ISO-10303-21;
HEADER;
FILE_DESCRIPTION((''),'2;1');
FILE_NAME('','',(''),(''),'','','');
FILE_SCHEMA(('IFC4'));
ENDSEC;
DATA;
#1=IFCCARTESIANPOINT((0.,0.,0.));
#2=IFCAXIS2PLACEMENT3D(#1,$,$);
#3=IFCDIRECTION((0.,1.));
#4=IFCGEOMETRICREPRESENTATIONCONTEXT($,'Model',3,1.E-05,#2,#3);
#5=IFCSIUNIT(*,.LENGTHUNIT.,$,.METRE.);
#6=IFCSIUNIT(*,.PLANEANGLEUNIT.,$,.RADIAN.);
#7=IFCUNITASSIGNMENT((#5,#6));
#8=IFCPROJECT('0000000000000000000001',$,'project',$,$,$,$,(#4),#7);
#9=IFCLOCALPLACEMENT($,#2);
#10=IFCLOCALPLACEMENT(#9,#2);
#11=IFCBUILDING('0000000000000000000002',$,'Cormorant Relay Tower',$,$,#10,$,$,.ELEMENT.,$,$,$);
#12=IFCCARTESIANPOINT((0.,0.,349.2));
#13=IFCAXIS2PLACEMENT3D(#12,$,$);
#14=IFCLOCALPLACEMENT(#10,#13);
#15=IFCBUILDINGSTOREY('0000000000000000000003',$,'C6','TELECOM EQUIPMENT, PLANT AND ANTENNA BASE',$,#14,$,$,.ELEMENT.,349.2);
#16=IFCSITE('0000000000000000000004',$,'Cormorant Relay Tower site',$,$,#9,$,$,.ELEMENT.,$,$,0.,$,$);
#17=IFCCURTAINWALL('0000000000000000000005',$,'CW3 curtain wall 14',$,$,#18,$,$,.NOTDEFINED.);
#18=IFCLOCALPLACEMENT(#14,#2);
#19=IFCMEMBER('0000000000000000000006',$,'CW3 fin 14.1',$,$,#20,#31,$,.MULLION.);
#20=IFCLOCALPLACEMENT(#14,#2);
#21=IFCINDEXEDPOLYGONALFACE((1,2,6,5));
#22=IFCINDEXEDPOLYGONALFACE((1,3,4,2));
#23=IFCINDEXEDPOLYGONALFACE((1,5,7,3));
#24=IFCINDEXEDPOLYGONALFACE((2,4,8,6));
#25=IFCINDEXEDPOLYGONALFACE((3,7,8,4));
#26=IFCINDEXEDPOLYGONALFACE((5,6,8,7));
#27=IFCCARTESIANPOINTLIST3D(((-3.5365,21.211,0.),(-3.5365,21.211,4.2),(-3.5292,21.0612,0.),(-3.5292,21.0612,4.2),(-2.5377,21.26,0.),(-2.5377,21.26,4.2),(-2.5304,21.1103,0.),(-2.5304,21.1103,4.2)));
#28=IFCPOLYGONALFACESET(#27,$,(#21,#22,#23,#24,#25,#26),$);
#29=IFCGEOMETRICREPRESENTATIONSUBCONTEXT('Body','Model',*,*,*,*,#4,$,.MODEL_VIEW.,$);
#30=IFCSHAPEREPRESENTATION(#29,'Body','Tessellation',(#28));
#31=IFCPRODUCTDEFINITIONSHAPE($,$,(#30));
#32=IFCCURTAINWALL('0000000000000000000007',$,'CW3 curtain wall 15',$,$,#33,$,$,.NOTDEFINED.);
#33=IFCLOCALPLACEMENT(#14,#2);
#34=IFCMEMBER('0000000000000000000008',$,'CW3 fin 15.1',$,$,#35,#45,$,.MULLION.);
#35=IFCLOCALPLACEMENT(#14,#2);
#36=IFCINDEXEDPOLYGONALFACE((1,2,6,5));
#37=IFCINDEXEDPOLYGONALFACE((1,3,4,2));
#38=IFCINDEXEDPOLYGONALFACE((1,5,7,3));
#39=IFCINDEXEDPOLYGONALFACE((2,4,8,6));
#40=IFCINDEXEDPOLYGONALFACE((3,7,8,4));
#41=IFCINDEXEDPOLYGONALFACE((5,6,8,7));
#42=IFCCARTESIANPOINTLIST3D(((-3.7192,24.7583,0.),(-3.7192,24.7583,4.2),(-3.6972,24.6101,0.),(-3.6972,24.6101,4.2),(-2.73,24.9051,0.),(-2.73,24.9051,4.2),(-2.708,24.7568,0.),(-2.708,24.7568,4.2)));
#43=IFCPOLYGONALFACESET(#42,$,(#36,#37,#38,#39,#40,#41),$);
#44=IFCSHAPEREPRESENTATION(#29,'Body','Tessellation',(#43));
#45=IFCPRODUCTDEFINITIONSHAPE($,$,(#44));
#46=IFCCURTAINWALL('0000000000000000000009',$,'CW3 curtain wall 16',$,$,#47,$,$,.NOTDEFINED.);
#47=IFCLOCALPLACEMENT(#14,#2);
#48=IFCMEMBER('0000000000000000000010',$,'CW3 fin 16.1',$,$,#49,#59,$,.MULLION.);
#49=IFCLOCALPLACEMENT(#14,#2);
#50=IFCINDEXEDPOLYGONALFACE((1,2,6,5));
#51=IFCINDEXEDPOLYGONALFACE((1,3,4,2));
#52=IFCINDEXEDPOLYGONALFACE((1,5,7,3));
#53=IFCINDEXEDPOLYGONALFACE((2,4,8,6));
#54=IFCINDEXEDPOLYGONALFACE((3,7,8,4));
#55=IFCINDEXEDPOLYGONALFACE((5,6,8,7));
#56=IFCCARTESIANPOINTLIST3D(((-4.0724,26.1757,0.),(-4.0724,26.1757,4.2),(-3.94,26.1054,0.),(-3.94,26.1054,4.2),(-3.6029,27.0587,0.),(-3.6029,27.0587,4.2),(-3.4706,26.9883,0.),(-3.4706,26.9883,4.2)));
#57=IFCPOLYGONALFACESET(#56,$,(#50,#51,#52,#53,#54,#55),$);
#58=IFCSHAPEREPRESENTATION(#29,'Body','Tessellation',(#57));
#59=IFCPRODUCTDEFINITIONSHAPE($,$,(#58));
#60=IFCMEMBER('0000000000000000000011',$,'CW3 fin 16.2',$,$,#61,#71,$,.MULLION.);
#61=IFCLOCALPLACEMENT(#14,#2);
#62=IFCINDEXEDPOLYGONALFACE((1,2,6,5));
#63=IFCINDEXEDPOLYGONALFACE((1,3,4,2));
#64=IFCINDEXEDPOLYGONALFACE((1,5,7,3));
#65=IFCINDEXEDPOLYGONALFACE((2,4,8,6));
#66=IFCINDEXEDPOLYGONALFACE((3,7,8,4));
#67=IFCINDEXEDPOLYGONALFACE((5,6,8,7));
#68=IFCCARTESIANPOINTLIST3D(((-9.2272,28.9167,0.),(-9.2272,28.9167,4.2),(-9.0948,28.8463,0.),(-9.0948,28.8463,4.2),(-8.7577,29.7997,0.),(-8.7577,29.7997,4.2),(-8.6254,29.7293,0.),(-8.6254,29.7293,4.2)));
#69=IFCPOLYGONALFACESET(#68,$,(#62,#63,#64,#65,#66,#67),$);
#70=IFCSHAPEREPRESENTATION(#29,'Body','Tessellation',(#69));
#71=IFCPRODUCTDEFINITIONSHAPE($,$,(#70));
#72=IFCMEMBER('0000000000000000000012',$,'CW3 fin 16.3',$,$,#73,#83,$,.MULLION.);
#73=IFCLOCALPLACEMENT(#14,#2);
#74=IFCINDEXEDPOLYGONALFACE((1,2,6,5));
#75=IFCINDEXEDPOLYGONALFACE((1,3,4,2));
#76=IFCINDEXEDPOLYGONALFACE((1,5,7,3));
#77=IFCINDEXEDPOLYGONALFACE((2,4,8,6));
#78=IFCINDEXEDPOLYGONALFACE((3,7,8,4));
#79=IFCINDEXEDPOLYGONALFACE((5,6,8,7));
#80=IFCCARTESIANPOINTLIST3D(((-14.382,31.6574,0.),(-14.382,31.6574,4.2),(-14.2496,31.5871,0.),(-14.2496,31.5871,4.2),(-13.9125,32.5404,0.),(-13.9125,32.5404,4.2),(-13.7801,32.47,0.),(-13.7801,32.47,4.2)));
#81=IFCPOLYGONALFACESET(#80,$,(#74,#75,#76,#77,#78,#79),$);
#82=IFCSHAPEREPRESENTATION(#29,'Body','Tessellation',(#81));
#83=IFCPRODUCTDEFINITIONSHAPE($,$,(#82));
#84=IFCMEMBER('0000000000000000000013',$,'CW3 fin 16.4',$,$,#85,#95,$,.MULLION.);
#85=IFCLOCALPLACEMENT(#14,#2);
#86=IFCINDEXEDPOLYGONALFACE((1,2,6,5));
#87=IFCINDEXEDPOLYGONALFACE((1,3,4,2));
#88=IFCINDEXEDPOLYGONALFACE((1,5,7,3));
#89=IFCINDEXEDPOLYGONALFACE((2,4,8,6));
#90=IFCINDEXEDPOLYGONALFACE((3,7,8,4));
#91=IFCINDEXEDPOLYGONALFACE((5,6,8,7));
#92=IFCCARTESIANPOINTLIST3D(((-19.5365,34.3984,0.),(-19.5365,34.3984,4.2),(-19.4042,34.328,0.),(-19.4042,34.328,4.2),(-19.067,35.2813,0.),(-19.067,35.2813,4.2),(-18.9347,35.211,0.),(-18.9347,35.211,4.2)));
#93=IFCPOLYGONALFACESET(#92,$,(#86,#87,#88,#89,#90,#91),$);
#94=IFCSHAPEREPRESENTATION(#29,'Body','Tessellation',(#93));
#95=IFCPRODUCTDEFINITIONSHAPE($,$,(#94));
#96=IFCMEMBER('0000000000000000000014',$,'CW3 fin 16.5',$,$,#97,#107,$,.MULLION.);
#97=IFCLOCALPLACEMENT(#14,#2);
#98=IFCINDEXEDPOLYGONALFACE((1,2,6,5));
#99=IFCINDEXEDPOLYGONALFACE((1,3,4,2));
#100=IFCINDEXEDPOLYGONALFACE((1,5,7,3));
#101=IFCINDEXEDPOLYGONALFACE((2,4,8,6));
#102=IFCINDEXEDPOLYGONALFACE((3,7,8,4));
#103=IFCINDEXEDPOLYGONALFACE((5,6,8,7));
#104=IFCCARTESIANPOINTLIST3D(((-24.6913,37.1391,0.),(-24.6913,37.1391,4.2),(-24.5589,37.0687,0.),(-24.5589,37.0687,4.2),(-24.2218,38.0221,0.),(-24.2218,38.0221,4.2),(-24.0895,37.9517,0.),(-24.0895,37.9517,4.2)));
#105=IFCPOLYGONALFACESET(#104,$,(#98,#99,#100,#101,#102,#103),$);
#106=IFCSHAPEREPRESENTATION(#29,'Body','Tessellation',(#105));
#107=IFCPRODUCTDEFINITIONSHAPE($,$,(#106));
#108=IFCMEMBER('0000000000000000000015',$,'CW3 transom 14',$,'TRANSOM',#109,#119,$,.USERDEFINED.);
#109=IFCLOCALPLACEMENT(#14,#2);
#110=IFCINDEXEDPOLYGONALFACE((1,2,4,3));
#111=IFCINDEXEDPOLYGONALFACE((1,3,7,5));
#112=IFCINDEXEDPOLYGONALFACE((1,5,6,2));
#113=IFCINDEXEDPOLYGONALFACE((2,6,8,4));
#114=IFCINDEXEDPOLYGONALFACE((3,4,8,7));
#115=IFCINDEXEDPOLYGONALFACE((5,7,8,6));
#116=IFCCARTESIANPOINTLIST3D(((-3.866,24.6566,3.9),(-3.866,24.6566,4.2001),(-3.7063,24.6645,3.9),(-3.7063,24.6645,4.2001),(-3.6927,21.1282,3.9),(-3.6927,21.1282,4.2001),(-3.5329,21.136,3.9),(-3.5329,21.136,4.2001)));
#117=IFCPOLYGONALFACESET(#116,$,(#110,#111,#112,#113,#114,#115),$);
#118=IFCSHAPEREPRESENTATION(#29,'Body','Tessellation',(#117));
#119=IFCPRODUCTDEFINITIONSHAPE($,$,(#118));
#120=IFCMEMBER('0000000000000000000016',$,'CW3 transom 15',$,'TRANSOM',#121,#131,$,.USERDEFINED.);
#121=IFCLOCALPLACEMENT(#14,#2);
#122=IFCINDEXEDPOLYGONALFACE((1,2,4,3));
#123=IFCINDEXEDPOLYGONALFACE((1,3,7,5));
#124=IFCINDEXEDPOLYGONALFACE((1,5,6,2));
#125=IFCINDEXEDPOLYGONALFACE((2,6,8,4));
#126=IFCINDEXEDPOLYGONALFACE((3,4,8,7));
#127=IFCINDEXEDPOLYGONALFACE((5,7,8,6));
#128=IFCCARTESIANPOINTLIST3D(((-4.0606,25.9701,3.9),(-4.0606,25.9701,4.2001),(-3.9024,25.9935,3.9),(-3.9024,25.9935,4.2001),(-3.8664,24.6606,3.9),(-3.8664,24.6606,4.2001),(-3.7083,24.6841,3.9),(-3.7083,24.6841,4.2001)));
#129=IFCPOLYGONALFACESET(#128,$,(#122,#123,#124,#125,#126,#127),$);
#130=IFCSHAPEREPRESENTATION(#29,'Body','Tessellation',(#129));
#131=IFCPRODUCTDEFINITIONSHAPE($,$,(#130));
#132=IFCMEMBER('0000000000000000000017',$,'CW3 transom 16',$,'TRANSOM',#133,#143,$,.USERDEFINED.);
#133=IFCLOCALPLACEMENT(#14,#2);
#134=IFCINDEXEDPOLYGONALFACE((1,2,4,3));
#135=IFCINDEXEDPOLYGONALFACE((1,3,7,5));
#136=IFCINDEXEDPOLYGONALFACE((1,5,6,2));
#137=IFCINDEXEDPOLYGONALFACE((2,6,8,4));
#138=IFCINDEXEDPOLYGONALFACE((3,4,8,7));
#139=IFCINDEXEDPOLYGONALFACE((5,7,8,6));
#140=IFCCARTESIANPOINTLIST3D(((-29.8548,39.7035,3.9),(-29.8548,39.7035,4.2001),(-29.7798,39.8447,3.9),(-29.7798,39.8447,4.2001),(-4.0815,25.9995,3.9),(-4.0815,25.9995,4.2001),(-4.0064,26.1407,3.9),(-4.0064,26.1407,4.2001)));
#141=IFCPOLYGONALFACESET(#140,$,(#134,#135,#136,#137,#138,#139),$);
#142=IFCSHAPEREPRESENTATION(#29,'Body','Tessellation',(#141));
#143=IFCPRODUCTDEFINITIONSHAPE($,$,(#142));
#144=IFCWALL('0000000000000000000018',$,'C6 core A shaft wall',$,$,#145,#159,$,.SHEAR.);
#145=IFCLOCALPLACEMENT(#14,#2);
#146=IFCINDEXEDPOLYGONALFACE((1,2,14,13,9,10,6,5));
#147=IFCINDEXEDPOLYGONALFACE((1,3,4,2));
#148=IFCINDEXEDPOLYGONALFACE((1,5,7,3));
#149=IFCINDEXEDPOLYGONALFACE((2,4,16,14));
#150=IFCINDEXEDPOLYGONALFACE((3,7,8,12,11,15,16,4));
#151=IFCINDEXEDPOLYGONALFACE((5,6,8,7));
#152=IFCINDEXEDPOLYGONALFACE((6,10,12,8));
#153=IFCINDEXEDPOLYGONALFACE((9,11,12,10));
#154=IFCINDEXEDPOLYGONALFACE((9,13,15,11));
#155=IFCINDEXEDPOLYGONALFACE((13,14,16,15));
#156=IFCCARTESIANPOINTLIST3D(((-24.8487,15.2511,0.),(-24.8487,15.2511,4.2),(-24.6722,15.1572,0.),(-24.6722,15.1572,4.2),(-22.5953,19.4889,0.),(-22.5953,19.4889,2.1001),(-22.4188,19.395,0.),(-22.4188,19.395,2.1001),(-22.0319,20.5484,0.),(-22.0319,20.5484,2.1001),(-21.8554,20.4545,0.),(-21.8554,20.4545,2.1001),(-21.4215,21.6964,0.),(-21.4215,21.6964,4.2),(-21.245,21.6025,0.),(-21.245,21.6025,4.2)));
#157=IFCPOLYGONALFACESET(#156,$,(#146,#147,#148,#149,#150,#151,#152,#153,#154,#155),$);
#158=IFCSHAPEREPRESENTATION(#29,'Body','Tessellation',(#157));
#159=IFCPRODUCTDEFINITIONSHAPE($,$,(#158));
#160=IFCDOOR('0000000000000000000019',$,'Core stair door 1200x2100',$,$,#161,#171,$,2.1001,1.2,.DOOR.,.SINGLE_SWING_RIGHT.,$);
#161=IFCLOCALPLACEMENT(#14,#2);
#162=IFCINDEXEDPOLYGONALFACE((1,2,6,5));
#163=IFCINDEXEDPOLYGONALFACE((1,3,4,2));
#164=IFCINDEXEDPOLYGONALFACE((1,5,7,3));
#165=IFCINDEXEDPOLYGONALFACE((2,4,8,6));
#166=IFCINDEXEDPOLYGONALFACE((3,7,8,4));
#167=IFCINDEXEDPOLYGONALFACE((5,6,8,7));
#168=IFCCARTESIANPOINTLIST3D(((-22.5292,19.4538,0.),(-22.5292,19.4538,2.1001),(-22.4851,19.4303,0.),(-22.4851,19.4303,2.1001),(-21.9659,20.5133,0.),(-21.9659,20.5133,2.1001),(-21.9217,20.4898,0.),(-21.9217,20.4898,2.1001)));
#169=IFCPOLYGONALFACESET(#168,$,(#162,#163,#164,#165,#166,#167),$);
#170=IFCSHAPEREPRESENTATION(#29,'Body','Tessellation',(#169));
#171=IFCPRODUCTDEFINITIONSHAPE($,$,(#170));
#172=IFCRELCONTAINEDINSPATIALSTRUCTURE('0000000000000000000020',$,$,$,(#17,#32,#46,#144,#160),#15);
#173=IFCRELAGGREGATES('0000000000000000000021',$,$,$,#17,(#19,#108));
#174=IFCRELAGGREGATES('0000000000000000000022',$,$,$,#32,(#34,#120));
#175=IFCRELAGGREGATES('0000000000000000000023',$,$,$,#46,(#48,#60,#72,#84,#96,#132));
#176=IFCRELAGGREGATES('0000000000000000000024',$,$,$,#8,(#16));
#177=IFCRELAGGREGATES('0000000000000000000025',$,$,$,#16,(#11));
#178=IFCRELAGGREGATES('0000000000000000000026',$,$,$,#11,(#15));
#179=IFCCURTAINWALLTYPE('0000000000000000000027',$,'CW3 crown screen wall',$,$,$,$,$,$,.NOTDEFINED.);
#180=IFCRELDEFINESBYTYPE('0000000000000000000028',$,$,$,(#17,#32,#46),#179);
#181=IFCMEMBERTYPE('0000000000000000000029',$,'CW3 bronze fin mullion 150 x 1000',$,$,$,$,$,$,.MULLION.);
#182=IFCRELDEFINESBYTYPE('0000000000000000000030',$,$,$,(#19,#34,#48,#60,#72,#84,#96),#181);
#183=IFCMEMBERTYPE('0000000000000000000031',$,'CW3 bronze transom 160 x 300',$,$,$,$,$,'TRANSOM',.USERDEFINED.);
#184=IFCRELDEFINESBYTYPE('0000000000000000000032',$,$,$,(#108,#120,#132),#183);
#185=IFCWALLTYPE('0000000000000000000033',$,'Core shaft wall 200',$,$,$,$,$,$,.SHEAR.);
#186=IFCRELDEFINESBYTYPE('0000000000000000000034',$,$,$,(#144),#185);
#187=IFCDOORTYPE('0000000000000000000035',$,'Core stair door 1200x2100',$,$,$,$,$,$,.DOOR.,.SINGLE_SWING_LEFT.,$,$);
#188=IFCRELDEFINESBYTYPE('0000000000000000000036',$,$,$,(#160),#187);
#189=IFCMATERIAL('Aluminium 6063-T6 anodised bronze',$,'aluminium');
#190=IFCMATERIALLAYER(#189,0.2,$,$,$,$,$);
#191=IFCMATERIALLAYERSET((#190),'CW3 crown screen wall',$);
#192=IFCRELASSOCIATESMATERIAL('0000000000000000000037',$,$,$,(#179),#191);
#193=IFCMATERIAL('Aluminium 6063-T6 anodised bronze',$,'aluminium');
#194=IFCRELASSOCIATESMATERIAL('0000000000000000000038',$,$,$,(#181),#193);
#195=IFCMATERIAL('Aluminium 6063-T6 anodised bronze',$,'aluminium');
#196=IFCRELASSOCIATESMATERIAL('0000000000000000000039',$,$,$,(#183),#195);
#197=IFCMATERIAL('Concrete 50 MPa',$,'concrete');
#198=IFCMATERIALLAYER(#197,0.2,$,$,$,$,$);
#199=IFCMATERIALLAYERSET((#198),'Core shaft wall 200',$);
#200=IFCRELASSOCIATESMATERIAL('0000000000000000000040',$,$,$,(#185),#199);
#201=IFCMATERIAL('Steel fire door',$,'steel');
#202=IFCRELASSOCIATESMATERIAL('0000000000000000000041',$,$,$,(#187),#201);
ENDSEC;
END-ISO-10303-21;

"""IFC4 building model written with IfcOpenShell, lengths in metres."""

from ifc_helpers import new_model, si_unit, direction, frame, frame_2d, origin, origin_2d, place, context, subcontext, project, spatial, rectangle, extrude, material, layer, layer_set, material_profile, profile_set, type_object, element, fill, aggregate, save


model = new_model("IFC4")

# Units and contexts
model_context = context("Model", 3, precision=1e-05, world=origin(), true_north=direction((0.0, 1.0)))
body_context = subcontext(model_context, "Body", "Model", "MODEL_VIEW")
ifc_project = project(units=[si_unit("LENGTHUNIT", "METRE"), si_unit("PLANEANGLEUNIT", "RADIAN")], contexts=[model_context])

# Site, building, storey
site_placement = place(None, origin())
site = spatial("IfcSite", under=ifc_project, at=site_placement, Name="Cormorant Relay Tower site", CompositionType="ELEMENT", RefElevation=0.0)
building_placement = place(site_placement, origin())
building = spatial("IfcBuilding", under=site, at=building_placement, Name="Cormorant Relay Tower", CompositionType="ELEMENT")
storey_placement = place(building_placement, frame((0.0, 0.0, 349.2)))
storey = spatial("IfcBuildingStorey", under=building, at=storey_placement, Name="C6", Description="TELECOM EQUIPMENT, PLANT AND ANTENNA BASE", CompositionType="ELEMENT", Elevation=349.2)

# Curtain walls, members
ifc_material_1 = material(Name="Aluminium 6063-T6 anodised bronze", Category="aluminium")
ifc_layer_1 = layer(ifc_material_1, 0.2)
ifc_layer_set_1 = layer_set([ifc_layer_1], Name="CW3 crown screen wall")
curtain_wall_type = type_object("IfcCurtainWallType", Name="CW3 crown screen wall", PredefinedType="NOTDEFINED", material=ifc_layer_set_1)
curtain_wall_1_placement = place(storey_placement, origin())
curtain_wall_1 = element("IfcCurtainWall", 1, at=curtain_wall_1_placement, inside=storey, type_object=curtain_wall_type, Name="CW3 curtain wall 14", PredefinedType="NOTDEFINED")
ifc_material_2 = material(Name="Aluminium 6063-T6 anodised bronze", Category="aluminium")
ifc_material_profile_1 = material_profile(ifc_material_2, rectangle(XDim=0.1499, YDim=1.0, at=origin_2d()), Name="AL 150x1000")
ifc_profile_set_1 = profile_set([ifc_material_profile_1], Name="Aluminium 6063-T6 anodised bronze")
member_type_1 = type_object("IfcMemberType", Name="CW3 bronze fin mullion 150 x 1000", PredefinedType="MULLION", material=ifc_profile_set_1)
member_1_placement = place(storey_placement, frame((-3.0334, 21.1606, 0.0), z_axis=(0.0, 0.0, 1.0), x_axis=(-0.049068, 0.998795, 0.0)))
member_1 = element("IfcMember", 2, at=member_1_placement, type_object=member_type_1, Name="CW3 fin 14.1", PredefinedType="MULLION", context=body_context, shape_type="SweptSolid", body=[
    extrude(rectangle(XDim=0.1499, YDim=1.0, at=origin_2d()), origin(), (0.0, 0.0, 1.0), 4.2),
])
curtain_wall_2_placement = place(storey_placement, origin())
curtain_wall_2 = element("IfcCurtainWall", 3, at=curtain_wall_2_placement, inside=storey, type_object=curtain_wall_type, Name="CW3 curtain wall 15", PredefinedType="NOTDEFINED")
member_2_placement = place(storey_placement, frame((-3.2136, 24.7576, 0.0), z_axis=(0.0, 0.0, 1.0), x_axis=(-0.14673, 0.989177, 0.0)))
member_2 = element("IfcMember", 4, at=member_2_placement, type_object=member_type_1, Name="CW3 fin 15.1", PredefinedType="MULLION", context=body_context, shape_type="SweptSolid", body=[
    extrude(rectangle(XDim=0.1499, YDim=1.0, at=origin_2d()), origin(), (0.0, 0.0, 1.0), 4.2),
])

# Curtain wall, members
curtain_wall_3_placement = place(storey_placement, origin())
curtain_wall_3 = element("IfcCurtainWall", 5, at=curtain_wall_3_placement, inside=storey, type_object=curtain_wall_type, Name="CW3 curtain wall 16", PredefinedType="NOTDEFINED")
member_3_placement = place(storey_placement, frame((-3.7715, 26.582, 0.0), z_axis=(0.0, 0.0, 1.0), x_axis=(-0.882948, 0.469472, 0.0)))
member_3 = element("IfcMember", 6, at=member_3_placement, type_object=member_type_1, Name="CW3 fin 16.1", PredefinedType="MULLION", context=body_context, shape_type="SweptSolid", body=[
    extrude(rectangle(XDim=0.1499, YDim=1.0, at=origin_2d()), origin(), (0.0, 0.0, 1.0), 4.2),
])
member_4_placement = place(storey_placement, frame((-8.9263, 29.323, 0.0), z_axis=(0.0, 0.0, 1.0), x_axis=(-0.882948, 0.469472, 0.0)))
member_4 = element("IfcMember", 7, at=member_4_placement, type_object=member_type_1, Name="CW3 fin 16.2", PredefinedType="MULLION", context=body_context, shape_type="SweptSolid", body=[
    extrude(rectangle(XDim=0.1499, YDim=1.0, at=origin_2d()), origin(), (0.0, 0.0, 1.0), 4.2),
])
member_5_placement = place(storey_placement, frame((-14.0811, 32.0637, 0.0), z_axis=(0.0, 0.0, 1.0), x_axis=(-0.882948, 0.469472, 0.0)))
member_5 = element("IfcMember", 8, at=member_5_placement, type_object=member_type_1, Name="CW3 fin 16.3", PredefinedType="MULLION", context=body_context, shape_type="SweptSolid", body=[
    extrude(rectangle(XDim=0.1499, YDim=1.0, at=origin_2d()), origin(), (0.0, 0.0, 1.0), 4.2),
])
member_6_placement = place(storey_placement, frame((-19.2356, 34.8047, 0.0), z_axis=(0.0, 0.0, 1.0), x_axis=(-0.882948, 0.469472, 0.0)))
member_6 = element("IfcMember", 9, at=member_6_placement, type_object=member_type_1, Name="CW3 fin 16.4", PredefinedType="MULLION", context=body_context, shape_type="SweptSolid", body=[
    extrude(rectangle(XDim=0.1499, YDim=1.0, at=origin_2d()), origin(), (0.0, 0.0, 1.0), 4.2),
])
member_7_placement = place(storey_placement, frame((-24.3904, 37.5454, 0.0), z_axis=(0.0, 0.0, 1.0), x_axis=(-0.882948, 0.469472, 0.0)))
member_7 = element("IfcMember", 10, at=member_7_placement, type_object=member_type_1, Name="CW3 fin 16.5", PredefinedType="MULLION", context=body_context, shape_type="SweptSolid", body=[
    extrude(rectangle(XDim=0.1499, YDim=1.0, at=origin_2d()), origin(), (0.0, 0.0, 1.0), 4.2),
])

# Members
ifc_material_3 = material(Name="Aluminium 6063-T6 anodised bronze", Category="aluminium")
ifc_material_profile_2 = material_profile(ifc_material_3, rectangle(XDim=0.1599, YDim=0.3, at=origin_2d()), Name="AL 160x300")
ifc_profile_set_2 = profile_set([ifc_material_profile_2], Name="Aluminium 6063-T6 anodised bronze")
member_type_2 = type_object("IfcMemberType", Name="CW3 bronze transom 160 x 300", ElementType="TRANSOM", PredefinedType="USERDEFINED", material=ifc_profile_set_2)
member_8_placement = place(storey_placement, frame((-3.6128, 21.1321, 4.05), z_axis=(-0.049066, 0.998796, 0.0), x_axis=(-0.998796, -0.049066, 0.0)))
member_8 = element("IfcMember", 11, at=member_8_placement, type_object=member_type_2, Name="CW3 transom 14", ObjectType="TRANSOM", PredefinedType="USERDEFINED", context=body_context, shape_type="SweptSolid", body=[
    extrude(rectangle(XDim=0.1599, YDim=0.3, at=origin_2d()), origin(), (0.0, 0.0, 1.0), 3.5327),
])
member_9_placement = place(storey_placement, frame((-3.7874, 24.6724, 4.05), z_axis=(-0.146636, 0.989191, 0.0), x_axis=(-0.989191, -0.146636, 0.0)))
member_9 = element("IfcMember", 12, at=member_9_placement, type_object=member_type_2, Name="CW3 transom 15", ObjectType="TRANSOM", PredefinedType="USERDEFINED", context=body_context, shape_type="SweptSolid", body=[
    extrude(rectangle(XDim=0.1599, YDim=0.3, at=origin_2d()), origin(), (0.0, 0.0, 1.0), 1.3237),
])
member_10_placement = place(storey_placement, frame((-4.0439, 26.0701, 4.05), z_axis=(-0.882946, 0.469475, 0.0), x_axis=(-0.469475, -0.882946, 0.0)))
member_10 = element("IfcMember", 13, at=member_10_placement, type_object=member_type_2, Name="CW3 transom 16", ObjectType="TRANSOM", PredefinedType="USERDEFINED", context=body_context, shape_type="SweptSolid", body=[
    extrude(rectangle(XDim=0.1599, YDim=0.3, at=origin_2d()), origin(), (0.0, 0.0, 1.0), 29.1902),
])

# Wall, opening, door
ifc_material_4 = material(Name="Concrete 50 MPa", Category="concrete")
ifc_layer_2 = layer(ifc_material_4, 0.2)
ifc_layer_set_2 = layer_set([ifc_layer_2], Name="Core shaft wall 200")
wall_type_1 = type_object("IfcWallType", Name="Core shaft wall 200", PredefinedType="SHEAR", material=ifc_layer_set_2)
wall_1_placement = place(storey_placement, frame((-21.3333, 21.6494, 0.0), z_axis=(0.0, 0.0, 1.0), x_axis=(-0.469494, -0.882936, 0.0)))
wall_1 = element("IfcWall", 14, at=wall_1_placement, inside=storey, type_object=wall_type_1, Name="C6 core A shaft wall", PredefinedType="SHEAR", context=body_context, shape_type="SweptSolid", body=[
    extrude(rectangle(XDim=7.2998, YDim=0.2, at=frame_2d((3.6499, 0.0))), origin(), (0.0, 0.0, 1.0), 4.2),
])
opening_1_placement = place(wall_1_placement, frame((1.3, 0.0, 0.0)))
opening_1 = element("IfcOpeningElement", 15, at=opening_1_placement, cuts=wall_1, PredefinedType="OPENING", context=body_context, shape_type="SweptSolid", body=[
    extrude(rectangle(XDim=1.2, YDim=2.1001, at=frame_2d((0.6001, 1.05))), frame((0.0, 0.1099, 0.0), z_axis=(0.0, -1.0, 0.0), x_axis=(1.0, 0.0, 0.0)), (0.0, 0.0, 1.0), 0.22),
])
ifc_material_5 = material(Name="Steel fire door", Category="steel")
door_type_1 = type_object("IfcDoorType", Name="Core stair door 1200x2100", OperationType="SINGLE_SWING_LEFT", PredefinedType="DOOR", material=ifc_material_5)
door_1_placement = place(opening_1_placement, origin())
door_1 = element("IfcDoor", 16, at=door_1_placement, inside=storey, type_object=door_type_1, Name="Core stair door 1200x2100", OperationType="SINGLE_SWING_RIGHT", OverallHeight=2.1001, OverallWidth=1.2, PredefinedType="DOOR", context=body_context, shape_type="SweptSolid", body=[
    extrude(rectangle(XDim=1.2, YDim=2.1001, at=frame_2d((0.6001, 1.05))), frame((0.0, 0.0249, 0.0), z_axis=(0.0, -1.0, 0.0), x_axis=(1.0, 0.0, 0.0)), (0.0, 0.0, 1.0), 0.05),
])
fill(opening_1, door_1)

aggregate(curtain_wall_1, [member_1, member_8])
aggregate(curtain_wall_2, [member_2, member_9])
aggregate(curtain_wall_3, [member_3, member_4, member_5, member_6, member_7, member_10])

save(model, "model.ifc")
